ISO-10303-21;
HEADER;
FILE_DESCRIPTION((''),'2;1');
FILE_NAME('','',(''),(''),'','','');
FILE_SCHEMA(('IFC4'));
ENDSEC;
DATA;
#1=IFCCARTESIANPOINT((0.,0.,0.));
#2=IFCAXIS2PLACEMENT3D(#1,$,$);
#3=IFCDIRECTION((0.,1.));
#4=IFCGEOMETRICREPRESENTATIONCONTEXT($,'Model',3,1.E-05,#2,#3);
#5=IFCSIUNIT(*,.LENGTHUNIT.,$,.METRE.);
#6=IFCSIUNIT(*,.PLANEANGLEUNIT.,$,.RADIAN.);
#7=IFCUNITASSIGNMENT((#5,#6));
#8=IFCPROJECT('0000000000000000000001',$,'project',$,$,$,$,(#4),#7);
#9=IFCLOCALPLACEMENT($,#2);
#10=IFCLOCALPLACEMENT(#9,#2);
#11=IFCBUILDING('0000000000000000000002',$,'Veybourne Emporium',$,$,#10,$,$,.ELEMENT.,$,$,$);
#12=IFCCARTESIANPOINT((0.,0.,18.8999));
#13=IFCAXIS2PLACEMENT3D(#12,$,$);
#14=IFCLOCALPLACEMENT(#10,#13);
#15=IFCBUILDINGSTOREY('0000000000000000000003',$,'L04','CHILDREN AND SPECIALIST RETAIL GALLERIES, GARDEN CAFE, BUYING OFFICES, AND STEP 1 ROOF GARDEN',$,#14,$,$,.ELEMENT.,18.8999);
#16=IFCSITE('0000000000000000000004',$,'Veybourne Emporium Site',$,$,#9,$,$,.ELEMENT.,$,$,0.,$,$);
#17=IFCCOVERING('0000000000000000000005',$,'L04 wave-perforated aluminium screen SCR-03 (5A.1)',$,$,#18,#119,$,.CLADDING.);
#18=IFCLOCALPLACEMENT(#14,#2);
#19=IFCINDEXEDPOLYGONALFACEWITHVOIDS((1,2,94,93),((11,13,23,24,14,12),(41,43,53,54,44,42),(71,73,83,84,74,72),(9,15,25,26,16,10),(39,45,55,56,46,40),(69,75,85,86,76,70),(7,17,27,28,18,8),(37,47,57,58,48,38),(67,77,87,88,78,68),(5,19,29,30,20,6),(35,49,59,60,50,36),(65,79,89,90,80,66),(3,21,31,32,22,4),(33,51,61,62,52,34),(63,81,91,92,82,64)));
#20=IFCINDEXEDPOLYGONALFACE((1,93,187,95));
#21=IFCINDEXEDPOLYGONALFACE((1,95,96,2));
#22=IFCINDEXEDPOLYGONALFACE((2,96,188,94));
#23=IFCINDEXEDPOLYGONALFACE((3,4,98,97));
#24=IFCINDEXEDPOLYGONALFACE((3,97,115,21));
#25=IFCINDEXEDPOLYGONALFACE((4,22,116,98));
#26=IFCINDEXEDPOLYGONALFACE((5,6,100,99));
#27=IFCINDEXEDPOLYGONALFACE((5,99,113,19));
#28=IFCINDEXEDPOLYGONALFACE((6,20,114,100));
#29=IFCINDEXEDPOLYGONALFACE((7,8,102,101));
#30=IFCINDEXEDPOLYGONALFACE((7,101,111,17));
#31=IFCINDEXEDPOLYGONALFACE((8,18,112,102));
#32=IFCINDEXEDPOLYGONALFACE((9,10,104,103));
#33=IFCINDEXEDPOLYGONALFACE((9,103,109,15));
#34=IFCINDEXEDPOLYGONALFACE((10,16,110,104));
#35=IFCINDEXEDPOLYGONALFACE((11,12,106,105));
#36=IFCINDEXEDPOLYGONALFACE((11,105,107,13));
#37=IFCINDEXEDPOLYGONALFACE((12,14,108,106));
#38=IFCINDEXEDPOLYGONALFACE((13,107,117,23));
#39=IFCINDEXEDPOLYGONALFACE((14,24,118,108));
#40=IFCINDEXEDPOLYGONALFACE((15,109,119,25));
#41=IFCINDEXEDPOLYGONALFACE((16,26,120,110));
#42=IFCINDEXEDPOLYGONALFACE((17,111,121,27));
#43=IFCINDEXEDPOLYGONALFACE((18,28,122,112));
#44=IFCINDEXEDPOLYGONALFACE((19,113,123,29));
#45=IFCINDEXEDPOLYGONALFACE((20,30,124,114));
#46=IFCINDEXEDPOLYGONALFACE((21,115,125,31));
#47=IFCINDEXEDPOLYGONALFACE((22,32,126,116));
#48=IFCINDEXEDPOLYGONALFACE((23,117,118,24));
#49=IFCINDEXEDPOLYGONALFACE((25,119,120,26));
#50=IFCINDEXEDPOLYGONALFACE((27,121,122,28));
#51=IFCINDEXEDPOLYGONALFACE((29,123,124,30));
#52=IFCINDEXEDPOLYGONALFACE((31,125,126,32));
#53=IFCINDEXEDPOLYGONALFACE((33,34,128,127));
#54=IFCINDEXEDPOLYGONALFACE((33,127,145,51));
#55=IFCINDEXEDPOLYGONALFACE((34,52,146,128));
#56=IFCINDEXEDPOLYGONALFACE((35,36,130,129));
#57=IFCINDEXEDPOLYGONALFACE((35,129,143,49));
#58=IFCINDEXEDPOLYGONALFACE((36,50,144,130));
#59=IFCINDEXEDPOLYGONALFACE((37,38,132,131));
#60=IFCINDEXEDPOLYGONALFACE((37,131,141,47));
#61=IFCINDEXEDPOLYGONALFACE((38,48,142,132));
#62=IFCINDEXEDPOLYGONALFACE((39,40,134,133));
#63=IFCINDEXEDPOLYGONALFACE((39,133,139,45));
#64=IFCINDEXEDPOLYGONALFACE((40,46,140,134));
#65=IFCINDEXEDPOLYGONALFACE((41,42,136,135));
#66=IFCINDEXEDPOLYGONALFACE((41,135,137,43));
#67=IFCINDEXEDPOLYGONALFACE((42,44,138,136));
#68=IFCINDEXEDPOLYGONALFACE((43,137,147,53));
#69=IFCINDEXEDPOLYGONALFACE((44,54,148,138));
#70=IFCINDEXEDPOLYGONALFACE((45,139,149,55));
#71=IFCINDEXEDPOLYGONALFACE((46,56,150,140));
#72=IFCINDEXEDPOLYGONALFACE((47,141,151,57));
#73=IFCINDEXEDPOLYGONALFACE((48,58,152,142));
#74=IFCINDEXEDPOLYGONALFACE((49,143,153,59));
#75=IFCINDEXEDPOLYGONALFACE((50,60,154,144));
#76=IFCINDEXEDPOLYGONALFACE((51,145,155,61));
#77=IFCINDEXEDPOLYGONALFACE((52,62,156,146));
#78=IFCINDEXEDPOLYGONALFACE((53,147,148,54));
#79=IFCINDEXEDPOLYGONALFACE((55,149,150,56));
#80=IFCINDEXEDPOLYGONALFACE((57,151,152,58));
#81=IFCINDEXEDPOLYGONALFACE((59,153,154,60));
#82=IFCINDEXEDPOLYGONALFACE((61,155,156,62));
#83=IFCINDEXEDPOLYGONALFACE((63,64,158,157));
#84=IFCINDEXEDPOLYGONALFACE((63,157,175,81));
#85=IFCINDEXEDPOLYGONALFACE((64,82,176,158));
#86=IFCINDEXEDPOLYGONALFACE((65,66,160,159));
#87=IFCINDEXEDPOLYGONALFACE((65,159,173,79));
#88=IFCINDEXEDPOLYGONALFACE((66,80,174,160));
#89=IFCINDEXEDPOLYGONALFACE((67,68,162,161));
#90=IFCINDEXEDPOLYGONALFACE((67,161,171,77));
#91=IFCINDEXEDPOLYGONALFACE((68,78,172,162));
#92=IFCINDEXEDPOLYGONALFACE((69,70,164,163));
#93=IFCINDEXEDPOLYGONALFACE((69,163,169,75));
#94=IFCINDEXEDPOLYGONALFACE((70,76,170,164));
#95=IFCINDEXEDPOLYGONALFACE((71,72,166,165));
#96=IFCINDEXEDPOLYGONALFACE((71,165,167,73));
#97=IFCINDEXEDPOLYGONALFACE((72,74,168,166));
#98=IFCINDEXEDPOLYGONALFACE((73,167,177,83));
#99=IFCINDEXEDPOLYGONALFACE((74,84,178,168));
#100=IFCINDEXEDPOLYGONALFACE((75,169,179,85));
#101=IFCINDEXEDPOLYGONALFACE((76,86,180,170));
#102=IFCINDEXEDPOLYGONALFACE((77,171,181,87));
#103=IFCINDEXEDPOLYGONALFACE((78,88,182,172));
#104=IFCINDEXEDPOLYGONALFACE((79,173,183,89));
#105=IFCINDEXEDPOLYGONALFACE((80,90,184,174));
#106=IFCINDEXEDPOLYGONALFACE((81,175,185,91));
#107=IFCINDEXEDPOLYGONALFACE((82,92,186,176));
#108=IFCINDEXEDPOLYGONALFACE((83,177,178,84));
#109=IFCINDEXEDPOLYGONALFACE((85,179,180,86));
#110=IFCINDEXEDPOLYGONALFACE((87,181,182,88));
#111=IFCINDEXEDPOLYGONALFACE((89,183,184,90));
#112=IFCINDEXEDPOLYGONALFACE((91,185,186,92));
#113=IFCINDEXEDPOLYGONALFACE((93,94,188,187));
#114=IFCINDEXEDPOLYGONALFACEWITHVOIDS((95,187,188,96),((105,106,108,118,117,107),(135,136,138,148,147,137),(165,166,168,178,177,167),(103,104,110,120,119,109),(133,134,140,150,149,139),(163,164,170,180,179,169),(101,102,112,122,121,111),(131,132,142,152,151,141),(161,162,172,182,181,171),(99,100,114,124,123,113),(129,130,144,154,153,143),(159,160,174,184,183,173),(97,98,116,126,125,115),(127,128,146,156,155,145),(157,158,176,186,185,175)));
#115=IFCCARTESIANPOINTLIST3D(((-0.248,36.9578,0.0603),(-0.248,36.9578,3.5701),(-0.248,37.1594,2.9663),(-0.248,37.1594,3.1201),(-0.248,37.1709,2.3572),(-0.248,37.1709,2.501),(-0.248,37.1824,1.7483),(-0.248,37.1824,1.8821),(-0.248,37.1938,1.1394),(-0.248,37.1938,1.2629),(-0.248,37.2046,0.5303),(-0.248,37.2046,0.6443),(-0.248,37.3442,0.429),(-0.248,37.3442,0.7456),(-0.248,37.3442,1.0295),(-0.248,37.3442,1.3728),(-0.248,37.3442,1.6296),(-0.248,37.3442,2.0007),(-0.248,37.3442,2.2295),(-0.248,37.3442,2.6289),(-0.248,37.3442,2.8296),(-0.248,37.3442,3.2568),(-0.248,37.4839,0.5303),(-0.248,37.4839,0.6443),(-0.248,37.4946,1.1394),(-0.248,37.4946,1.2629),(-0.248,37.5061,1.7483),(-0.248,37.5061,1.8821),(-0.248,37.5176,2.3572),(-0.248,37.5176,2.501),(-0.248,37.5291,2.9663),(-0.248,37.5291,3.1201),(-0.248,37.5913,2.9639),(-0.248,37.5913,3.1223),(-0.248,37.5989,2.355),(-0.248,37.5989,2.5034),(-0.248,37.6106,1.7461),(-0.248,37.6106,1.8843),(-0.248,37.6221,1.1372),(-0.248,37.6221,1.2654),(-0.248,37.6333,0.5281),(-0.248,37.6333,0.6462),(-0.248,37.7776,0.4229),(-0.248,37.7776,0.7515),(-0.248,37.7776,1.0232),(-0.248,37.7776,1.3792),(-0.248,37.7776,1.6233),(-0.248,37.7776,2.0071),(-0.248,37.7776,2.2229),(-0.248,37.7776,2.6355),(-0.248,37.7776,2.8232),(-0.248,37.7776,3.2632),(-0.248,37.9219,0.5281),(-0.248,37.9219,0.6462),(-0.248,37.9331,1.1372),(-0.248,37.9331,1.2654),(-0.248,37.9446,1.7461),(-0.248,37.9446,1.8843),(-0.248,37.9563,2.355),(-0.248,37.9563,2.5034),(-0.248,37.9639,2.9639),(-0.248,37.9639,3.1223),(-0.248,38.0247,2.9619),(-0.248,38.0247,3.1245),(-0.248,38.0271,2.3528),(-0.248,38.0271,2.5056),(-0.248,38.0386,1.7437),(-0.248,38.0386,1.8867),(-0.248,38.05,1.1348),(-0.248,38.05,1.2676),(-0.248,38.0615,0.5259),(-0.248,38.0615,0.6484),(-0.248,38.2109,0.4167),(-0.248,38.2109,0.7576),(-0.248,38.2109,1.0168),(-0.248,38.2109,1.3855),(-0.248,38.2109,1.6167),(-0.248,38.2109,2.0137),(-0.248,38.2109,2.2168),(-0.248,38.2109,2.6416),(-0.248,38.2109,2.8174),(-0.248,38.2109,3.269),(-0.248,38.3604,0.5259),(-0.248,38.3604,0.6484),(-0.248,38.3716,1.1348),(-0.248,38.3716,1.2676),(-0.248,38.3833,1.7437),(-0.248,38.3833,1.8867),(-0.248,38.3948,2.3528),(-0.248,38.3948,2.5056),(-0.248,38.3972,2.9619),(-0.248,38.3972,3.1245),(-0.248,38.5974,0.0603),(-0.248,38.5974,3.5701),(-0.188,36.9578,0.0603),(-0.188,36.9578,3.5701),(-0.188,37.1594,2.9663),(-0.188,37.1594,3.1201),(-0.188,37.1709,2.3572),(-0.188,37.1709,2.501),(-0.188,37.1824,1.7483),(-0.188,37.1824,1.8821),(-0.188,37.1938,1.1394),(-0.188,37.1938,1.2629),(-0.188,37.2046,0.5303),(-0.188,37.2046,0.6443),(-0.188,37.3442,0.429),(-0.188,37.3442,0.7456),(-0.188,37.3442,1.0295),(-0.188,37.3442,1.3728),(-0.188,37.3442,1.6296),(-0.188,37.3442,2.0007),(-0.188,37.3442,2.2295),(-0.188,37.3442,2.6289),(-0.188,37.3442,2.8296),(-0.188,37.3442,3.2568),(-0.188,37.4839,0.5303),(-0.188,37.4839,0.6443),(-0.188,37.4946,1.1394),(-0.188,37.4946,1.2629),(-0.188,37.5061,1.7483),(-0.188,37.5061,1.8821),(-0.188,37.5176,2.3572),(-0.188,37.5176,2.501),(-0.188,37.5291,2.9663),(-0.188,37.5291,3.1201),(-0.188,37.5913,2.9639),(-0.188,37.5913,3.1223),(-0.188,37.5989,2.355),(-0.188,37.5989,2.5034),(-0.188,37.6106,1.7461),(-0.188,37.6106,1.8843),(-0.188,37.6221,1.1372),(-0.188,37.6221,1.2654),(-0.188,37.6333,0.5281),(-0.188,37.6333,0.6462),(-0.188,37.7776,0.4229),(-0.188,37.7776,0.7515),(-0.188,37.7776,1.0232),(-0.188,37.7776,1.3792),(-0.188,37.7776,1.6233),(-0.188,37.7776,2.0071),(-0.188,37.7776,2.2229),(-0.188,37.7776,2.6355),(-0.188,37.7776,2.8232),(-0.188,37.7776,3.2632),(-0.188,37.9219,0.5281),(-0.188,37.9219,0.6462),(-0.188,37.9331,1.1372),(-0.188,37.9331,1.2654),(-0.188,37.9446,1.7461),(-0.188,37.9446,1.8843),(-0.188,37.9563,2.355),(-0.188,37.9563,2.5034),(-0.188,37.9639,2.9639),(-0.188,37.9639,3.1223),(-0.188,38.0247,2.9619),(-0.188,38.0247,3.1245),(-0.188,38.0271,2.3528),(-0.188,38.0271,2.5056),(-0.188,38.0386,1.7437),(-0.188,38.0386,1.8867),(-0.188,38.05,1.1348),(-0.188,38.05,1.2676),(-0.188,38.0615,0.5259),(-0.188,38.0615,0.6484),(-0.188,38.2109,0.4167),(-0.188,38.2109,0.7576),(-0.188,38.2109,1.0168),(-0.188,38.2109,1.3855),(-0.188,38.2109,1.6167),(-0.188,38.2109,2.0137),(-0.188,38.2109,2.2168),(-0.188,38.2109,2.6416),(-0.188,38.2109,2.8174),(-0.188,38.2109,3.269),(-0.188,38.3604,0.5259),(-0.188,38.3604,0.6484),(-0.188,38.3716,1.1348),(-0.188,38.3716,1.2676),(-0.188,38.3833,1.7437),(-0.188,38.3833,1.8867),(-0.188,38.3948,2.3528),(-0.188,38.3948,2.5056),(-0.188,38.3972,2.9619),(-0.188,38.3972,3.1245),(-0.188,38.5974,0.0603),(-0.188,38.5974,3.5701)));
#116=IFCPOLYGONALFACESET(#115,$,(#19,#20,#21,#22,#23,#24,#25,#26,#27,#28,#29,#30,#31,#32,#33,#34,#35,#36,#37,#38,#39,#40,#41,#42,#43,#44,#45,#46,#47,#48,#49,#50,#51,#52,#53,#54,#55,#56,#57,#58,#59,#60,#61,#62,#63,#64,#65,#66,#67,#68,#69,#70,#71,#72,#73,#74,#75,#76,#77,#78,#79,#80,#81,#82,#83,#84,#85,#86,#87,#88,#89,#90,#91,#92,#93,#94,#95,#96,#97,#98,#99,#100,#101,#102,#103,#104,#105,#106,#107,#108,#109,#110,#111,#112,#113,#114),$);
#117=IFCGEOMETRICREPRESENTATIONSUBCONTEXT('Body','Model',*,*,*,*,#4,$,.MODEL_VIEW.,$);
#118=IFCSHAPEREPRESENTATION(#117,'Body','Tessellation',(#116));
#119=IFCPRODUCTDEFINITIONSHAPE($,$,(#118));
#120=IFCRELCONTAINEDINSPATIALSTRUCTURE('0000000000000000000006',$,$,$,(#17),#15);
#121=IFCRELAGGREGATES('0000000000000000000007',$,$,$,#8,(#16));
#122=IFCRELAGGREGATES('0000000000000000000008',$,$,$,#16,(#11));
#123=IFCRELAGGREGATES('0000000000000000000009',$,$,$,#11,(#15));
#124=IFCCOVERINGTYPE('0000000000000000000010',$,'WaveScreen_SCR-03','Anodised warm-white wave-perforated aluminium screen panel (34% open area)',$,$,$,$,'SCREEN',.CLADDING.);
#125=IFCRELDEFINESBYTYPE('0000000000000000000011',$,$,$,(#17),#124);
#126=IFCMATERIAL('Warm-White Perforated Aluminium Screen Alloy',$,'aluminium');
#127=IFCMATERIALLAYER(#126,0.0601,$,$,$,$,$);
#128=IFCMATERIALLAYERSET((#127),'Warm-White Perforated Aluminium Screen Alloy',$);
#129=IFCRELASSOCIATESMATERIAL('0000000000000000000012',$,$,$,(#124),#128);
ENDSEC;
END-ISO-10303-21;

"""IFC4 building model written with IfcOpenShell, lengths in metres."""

from ifc_helpers import new_model, si_unit, direction, frame, origin, place, context, subcontext, project, spatial, polyline, outline, extrude, material, layer, layer_set, type_object, element, save


model = new_model("IFC4")

# Units and contexts
model_context = context("Model", 3, precision=1e-05, world=origin(), true_north=direction((0.0, 1.0)))
body_context = subcontext(model_context, "Body", "Model", "MODEL_VIEW")
ifc_project = project(units=[si_unit("LENGTHUNIT", "METRE"), si_unit("PLANEANGLEUNIT", "RADIAN")], contexts=[model_context])

# Site, building, storey
site_placement = place(None, origin())
site = spatial("IfcSite", under=ifc_project, at=site_placement, Name="Veybourne Emporium Site", CompositionType="ELEMENT", RefElevation=0.0)
building_placement = place(site_placement, origin())
building = spatial("IfcBuilding", under=site, at=building_placement, Name="Veybourne Emporium", CompositionType="ELEMENT")
storey_placement = place(building_placement, frame((0.0, 0.0, 18.8999)))
storey = spatial("IfcBuildingStorey", under=building, at=storey_placement, Name="L04", Description="CHILDREN AND SPECIALIST RETAIL GALLERIES, GARDEN CAFE, BUYING OFFICES, AND STEP 1 ROOF GARDEN", CompositionType="ELEMENT", Elevation=18.8999)

# Covering
ifc_material_1 = material(Name="Warm-White Perforated Aluminium Screen Alloy", Category="aluminium")
ifc_layer_1 = layer(ifc_material_1, 0.0601)
ifc_layer_set_1 = layer_set([ifc_layer_1], Name="Warm-White Perforated Aluminium Screen Alloy")
covering_type_1 = type_object("IfcCoveringType", Name="WaveScreen_SCR-03", Description="Anodised warm-white wave-perforated aluminium screen panel (34% open area)", ElementType="SCREEN", PredefinedType="CLADDING", material=ifc_layer_set_1)
covering_1_placement = place(storey_placement, frame((-0.248, 37.7776, 1.8152), z_axis=(1.0, 0.0, 0.0), x_axis=(0.0, 1.0, 0.0)))
element("IfcCovering", 1, at=covering_1_placement, inside=storey, type_object=covering_type_1, Name="L04 wave-perforated aluminium screen SCR-03 (5A.1)", PredefinedType="CLADDING", context=body_context, shape_type="SweptSolid", body=[
    extrude(outline(polyline([(-0.8198, -1.7549), (0.8198, -1.7549), (0.8198, 1.7549), (-0.8198, 1.7549), (-0.8198, -1.7549)]), holes=[polyline([(-0.4333, -1.0696), (-0.2937, -1.1709), (-0.2937, -1.2849), (-0.4333, -1.3862), (-0.573, -1.2849), (-0.573, -1.1709), (-0.4333, -1.0696)]), polyline([(-0.4333, -0.4424), (-0.283, -0.5522), (-0.283, -0.6758), (-0.4333, -0.7856), (-0.5837, -0.6758), (-0.5837, -0.5522), (-0.4333, -0.4424)]), polyline([(-0.4333, 0.1855), (-0.2715, 0.0669), (-0.2715, -0.0669), (-0.4333, -0.1855), (-0.5952, -0.0669), (-0.5952, 0.0669), (-0.4333, 0.1855)]), polyline([(-0.4333, 0.8137), (-0.26, 0.6858), (-0.26, 0.542), (-0.4333, 0.4143), (-0.6067, 0.542), (-0.6067, 0.6858), (-0.4333, 0.8137)]), polyline([(-0.4333, 1.4417), (-0.2485, 1.3049), (-0.2485, 1.1511), (-0.4333, 1.0144), (-0.6182, 1.1511), (-0.6182, 1.3049), (-0.4333, 1.4417)]), polyline([(0.0, -1.0637), (0.1443, -1.1689), (0.1443, -1.2871), (0.0, -1.3923), (-0.1443, -1.2871), (-0.1443, -1.1689), (0.0, -1.0637)]), polyline([(0.0, -0.436), (0.1555, -0.5498), (0.1555, -0.678), (0.0, -0.792), (-0.1555, -0.678), (-0.1555, -0.5498), (0.0, -0.436)]), polyline([(0.0, 0.1919), (0.167, 0.0691), (0.167, -0.0691), (0.0, -0.1919), (-0.167, -0.0691), (-0.167, 0.0691), (0.0, 0.1919)]), polyline([(0.0, 0.8203), (0.1787, 0.6882), (0.1787, 0.5398), (0.0, 0.4077), (-0.1787, 0.5398), (-0.1787, 0.6882), (0.0, 0.8203)]), polyline([(0.0, 1.448), (0.1863, 1.3071), (0.1863, 1.1487), (0.0, 1.0081), (-0.1863, 1.1487), (-0.1863, 1.3071), (0.0, 1.448)]), polyline([(0.4333, -1.0576), (0.5828, -1.1667), (0.5828, -1.2893), (0.4333, -1.3984), (0.2839, -1.2893), (0.2839, -1.1667), (0.4333, -1.0576)]), polyline([(0.4333, -0.4297), (0.594, -0.5476), (0.594, -0.6804), (0.4333, -0.7983), (0.2725, -0.6804), (0.2725, -0.5476), (0.4333, -0.4297)]), polyline([(0.4333, 0.1985), (0.6057, 0.0715), (0.6057, -0.0715), (0.4333, -0.1985), (0.261, -0.0715), (0.261, 0.0715), (0.4333, 0.1985)]), polyline([(0.4333, 0.8264), (0.6172, 0.6904), (0.6172, 0.5376), (0.4333, 0.4016), (0.2495, 0.5376), (0.2495, 0.6904), (0.4333, 0.8264)]), polyline([(0.4333, 1.4539), (0.6196, 1.3093), (0.6196, 1.1467), (0.4333, 1.0022), (0.2471, 1.1467), (0.2471, 1.3093), (0.4333, 1.4539)])]), origin(), (0.0, 0.0, 1.0), 0.0601),
])

save(model, "model.ifc")
